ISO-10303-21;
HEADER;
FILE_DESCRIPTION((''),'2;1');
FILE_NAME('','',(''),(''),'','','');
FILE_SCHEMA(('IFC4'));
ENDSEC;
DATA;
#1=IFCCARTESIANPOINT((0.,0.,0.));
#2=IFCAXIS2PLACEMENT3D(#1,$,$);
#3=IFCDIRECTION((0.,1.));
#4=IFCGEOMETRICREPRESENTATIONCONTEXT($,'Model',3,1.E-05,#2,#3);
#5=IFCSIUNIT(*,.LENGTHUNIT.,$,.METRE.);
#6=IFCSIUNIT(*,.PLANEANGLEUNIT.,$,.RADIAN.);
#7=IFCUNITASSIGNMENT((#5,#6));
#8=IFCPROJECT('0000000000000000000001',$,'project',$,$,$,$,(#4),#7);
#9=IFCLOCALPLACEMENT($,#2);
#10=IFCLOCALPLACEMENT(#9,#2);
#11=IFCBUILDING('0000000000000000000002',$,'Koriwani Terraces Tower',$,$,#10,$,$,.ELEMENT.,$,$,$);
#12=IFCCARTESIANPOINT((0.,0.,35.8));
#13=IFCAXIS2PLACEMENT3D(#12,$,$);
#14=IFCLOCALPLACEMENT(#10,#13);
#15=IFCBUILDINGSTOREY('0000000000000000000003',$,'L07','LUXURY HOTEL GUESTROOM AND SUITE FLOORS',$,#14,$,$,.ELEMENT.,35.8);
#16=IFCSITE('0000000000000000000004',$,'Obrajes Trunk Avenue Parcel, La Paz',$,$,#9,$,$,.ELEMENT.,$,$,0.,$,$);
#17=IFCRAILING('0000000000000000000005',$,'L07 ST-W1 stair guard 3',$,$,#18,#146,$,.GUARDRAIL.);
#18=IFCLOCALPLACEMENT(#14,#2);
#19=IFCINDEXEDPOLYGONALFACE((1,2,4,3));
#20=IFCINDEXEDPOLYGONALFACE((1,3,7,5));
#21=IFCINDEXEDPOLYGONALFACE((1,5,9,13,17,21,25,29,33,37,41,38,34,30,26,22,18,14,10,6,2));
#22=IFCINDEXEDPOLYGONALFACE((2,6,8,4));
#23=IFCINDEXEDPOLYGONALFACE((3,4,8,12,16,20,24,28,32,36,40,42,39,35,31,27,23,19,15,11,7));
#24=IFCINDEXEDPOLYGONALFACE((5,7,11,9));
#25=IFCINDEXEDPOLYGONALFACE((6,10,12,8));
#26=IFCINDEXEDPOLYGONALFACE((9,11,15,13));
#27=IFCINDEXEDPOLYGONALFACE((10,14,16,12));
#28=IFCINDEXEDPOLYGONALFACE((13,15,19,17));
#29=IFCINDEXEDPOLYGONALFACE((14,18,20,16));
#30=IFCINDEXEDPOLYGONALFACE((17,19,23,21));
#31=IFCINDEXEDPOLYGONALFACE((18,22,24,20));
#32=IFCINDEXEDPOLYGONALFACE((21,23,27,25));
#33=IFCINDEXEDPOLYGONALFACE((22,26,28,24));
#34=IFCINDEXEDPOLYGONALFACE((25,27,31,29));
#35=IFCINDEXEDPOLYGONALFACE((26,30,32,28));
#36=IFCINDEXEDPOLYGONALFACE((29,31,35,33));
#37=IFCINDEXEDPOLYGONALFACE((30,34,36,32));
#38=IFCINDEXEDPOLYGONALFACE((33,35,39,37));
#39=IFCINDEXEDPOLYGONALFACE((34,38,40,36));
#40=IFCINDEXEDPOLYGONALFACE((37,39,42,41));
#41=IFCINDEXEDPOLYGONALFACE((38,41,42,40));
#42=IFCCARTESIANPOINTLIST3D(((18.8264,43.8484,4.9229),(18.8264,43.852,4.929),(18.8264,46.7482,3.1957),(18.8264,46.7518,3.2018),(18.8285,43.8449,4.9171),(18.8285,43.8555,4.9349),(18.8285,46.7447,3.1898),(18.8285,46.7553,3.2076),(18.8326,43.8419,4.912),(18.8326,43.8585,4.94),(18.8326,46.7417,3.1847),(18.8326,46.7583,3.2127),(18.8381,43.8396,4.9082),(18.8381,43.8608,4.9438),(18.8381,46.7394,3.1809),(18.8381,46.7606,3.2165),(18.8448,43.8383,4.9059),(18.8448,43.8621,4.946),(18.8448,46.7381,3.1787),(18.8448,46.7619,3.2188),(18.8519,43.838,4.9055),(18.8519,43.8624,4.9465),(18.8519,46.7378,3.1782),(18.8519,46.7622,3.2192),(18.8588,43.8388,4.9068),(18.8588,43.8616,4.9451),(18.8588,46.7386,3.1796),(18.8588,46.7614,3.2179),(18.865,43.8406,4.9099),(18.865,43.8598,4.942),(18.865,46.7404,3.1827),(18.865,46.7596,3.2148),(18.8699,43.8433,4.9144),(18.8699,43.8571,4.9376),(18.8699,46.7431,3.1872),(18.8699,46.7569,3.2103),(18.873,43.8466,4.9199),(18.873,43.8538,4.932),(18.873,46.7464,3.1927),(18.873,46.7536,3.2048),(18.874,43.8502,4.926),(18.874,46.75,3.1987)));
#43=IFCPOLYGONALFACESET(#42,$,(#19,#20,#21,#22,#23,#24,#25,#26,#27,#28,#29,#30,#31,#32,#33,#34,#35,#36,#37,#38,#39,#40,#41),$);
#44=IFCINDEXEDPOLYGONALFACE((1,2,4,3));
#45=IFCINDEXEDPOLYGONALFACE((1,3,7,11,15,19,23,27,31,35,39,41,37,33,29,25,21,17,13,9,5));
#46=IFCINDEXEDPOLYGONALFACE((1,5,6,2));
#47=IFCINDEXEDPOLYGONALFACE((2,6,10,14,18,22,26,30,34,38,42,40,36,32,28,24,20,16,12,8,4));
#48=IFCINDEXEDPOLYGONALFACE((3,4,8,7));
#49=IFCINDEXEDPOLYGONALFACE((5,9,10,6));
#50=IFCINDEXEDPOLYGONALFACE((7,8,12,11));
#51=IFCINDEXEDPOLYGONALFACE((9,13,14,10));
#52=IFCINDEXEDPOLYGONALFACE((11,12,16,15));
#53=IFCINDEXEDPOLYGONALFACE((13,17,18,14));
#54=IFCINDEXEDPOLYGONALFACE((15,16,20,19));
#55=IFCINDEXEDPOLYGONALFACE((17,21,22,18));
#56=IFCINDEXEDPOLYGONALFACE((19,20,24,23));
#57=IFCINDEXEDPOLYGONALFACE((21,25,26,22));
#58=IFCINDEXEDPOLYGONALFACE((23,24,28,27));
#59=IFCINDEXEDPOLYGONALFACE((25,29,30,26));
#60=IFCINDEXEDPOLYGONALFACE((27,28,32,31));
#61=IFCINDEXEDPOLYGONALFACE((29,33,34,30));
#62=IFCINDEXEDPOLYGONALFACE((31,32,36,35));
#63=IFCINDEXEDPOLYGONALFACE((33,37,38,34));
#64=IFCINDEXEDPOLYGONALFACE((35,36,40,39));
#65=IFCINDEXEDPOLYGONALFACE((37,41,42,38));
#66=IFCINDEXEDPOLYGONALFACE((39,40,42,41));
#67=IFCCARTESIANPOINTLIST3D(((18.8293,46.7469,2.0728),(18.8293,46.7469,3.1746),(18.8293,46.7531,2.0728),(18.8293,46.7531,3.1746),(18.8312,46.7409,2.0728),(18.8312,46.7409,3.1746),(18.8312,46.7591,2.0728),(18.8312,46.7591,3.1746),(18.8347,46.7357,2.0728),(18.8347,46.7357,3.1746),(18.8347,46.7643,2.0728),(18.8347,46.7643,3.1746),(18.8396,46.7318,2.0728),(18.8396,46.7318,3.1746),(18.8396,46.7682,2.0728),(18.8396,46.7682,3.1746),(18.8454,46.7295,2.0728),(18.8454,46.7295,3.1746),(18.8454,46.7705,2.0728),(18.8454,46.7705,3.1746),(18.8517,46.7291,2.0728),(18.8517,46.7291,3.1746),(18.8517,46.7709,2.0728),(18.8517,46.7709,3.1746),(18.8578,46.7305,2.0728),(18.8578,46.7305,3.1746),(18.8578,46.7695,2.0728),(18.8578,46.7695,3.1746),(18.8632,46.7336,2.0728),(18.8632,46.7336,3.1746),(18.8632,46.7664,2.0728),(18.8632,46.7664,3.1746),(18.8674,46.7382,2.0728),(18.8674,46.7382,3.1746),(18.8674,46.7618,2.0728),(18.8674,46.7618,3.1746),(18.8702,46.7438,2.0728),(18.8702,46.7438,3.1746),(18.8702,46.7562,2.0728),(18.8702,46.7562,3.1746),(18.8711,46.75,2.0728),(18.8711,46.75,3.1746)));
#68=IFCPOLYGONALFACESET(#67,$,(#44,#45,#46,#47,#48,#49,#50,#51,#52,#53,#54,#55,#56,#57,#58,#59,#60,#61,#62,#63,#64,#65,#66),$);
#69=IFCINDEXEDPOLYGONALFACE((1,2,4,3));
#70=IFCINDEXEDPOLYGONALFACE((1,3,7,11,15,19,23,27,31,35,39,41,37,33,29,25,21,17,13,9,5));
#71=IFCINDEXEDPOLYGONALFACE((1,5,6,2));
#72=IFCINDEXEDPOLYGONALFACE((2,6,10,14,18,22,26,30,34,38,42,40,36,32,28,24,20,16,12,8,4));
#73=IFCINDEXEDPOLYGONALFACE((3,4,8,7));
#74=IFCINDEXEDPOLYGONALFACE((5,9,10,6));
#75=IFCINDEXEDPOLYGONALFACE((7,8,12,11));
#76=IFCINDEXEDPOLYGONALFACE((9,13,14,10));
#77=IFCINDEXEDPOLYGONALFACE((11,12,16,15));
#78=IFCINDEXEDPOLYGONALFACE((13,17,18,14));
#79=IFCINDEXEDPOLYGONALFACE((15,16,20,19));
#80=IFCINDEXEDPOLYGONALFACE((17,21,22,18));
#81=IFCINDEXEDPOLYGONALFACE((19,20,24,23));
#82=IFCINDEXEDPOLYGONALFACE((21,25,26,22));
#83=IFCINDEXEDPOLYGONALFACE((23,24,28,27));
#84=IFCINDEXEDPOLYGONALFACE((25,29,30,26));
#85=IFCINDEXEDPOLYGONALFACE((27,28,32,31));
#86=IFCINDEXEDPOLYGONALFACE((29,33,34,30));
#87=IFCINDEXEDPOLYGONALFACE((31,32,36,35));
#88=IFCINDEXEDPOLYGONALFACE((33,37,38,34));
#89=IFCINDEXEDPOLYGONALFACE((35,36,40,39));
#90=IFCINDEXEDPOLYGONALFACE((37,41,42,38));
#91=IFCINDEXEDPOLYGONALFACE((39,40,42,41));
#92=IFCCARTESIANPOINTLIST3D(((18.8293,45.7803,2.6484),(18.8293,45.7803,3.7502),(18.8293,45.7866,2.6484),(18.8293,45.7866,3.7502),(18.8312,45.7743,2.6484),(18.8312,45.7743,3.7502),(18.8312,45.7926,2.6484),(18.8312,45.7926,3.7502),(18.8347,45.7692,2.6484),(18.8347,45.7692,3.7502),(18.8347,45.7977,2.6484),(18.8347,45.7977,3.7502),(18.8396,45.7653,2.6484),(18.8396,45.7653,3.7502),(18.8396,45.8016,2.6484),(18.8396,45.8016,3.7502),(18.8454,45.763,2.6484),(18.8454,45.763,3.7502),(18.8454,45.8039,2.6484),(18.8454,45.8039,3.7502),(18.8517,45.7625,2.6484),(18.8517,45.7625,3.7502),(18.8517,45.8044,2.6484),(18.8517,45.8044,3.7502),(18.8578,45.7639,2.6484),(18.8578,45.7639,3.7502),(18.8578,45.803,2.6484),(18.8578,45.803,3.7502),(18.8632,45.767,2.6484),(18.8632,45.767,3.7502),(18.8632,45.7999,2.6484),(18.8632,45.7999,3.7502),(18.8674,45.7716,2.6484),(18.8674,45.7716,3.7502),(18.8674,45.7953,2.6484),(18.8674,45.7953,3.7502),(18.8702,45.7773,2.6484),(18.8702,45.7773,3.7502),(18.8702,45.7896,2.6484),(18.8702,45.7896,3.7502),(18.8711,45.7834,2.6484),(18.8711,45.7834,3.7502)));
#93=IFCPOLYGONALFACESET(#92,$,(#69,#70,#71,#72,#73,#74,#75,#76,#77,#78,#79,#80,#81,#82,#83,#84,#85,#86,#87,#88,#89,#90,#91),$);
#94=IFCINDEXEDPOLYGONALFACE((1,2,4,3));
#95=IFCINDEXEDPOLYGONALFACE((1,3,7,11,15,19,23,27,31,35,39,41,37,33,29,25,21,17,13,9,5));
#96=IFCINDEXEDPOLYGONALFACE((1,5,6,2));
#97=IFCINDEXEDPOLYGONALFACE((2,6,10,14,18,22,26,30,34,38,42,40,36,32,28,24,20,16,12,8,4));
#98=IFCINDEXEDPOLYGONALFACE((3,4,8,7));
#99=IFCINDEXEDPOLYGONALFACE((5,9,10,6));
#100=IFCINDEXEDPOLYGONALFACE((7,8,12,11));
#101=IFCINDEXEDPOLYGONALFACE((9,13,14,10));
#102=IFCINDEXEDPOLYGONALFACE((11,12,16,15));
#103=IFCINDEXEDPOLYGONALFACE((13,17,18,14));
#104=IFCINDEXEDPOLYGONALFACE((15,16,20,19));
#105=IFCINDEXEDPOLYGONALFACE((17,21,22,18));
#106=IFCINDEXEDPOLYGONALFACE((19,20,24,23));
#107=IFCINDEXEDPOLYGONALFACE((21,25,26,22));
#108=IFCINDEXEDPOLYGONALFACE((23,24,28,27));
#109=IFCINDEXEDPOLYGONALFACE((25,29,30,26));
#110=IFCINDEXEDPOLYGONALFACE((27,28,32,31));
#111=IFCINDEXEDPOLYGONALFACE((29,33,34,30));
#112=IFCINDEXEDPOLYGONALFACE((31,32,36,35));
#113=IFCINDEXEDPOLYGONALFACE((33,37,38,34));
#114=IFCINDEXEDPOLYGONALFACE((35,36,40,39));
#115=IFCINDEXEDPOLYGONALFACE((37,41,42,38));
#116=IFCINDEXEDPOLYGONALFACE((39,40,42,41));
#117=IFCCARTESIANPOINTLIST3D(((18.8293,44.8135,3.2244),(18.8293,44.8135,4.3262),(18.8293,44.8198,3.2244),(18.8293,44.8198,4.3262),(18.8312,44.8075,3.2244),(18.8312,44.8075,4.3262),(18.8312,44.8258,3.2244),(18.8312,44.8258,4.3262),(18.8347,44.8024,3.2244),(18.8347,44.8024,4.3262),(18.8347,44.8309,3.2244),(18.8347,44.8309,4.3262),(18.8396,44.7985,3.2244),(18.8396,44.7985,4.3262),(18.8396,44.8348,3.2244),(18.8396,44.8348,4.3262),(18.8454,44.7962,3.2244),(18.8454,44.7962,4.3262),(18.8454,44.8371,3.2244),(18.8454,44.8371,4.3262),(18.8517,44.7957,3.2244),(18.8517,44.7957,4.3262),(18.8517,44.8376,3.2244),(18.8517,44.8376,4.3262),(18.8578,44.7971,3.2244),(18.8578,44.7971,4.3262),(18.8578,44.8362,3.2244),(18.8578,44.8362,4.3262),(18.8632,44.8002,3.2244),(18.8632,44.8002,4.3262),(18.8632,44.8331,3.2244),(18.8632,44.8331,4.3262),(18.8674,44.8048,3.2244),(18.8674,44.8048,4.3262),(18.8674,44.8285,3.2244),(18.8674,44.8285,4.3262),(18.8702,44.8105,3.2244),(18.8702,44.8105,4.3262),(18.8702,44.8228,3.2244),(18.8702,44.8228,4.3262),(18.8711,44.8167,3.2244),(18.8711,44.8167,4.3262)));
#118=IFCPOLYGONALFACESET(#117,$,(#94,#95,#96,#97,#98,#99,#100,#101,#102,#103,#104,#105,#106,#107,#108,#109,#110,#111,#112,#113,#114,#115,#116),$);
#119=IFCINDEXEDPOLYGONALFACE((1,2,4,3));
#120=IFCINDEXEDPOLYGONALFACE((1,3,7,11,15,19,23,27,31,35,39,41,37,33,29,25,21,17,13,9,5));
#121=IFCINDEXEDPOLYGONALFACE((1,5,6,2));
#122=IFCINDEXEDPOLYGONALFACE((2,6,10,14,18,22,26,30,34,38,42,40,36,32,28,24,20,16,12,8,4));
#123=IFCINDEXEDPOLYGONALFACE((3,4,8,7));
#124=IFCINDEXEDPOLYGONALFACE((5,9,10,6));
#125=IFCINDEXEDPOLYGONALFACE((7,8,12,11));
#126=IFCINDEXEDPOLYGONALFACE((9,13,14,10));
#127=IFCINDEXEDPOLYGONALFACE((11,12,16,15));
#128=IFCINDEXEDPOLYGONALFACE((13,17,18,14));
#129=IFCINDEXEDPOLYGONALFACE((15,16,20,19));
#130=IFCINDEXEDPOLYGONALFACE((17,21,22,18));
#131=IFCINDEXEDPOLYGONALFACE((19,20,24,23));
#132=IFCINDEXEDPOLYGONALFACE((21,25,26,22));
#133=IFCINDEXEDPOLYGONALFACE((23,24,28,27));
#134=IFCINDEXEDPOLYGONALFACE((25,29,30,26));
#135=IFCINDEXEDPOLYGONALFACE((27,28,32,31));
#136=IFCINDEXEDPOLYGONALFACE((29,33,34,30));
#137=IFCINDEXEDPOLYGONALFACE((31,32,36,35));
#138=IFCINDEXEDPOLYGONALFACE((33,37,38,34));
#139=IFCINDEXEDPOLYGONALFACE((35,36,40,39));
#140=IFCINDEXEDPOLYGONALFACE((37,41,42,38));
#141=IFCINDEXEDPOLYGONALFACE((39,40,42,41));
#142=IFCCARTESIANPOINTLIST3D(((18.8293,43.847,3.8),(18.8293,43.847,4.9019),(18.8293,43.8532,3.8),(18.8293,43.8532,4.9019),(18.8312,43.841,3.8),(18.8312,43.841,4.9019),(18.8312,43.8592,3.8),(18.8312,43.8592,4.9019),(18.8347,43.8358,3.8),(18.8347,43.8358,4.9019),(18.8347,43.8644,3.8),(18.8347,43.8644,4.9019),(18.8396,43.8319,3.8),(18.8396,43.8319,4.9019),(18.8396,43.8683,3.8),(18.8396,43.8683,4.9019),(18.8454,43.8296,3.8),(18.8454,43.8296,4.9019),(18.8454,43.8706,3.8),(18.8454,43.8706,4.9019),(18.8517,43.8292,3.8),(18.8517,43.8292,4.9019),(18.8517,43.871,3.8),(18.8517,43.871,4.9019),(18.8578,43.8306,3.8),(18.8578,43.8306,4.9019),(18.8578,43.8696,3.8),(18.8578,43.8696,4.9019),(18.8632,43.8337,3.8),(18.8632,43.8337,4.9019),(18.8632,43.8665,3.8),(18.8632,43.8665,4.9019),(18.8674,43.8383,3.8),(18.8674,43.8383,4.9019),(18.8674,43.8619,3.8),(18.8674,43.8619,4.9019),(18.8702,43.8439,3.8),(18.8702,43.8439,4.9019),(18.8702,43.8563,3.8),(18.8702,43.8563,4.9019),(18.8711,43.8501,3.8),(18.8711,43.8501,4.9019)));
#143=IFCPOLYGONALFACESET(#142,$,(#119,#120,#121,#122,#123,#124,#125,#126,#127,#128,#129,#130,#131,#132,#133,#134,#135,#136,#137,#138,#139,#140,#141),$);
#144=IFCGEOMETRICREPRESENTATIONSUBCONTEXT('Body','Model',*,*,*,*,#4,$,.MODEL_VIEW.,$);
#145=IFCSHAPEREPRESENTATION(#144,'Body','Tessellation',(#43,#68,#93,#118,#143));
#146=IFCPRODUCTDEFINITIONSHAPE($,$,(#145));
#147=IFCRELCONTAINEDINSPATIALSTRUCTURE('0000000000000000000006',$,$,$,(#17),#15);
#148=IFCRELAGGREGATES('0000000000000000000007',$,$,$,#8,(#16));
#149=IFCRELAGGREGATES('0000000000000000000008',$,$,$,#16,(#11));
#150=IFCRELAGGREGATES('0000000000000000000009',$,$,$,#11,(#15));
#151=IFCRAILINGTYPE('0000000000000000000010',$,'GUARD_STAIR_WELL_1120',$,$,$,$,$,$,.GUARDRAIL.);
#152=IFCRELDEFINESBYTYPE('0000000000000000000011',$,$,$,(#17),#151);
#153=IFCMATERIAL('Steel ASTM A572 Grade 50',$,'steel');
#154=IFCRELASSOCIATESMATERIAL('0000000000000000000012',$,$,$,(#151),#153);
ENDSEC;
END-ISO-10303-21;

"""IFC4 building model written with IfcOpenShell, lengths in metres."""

from ifc_helpers import new_model, si_unit, direction, frame, origin, origin_2d, place, context, subcontext, project, spatial, circle, extrude, material, type_object, element, save


model = new_model("IFC4")

# Units and contexts
model_context = context("Model", 3, precision=1e-05, world=origin(), true_north=direction((0.0, 1.0)))
body_context = subcontext(model_context, "Body", "Model", "MODEL_VIEW")
ifc_project = project(units=[si_unit("LENGTHUNIT", "METRE"), si_unit("PLANEANGLEUNIT", "RADIAN")], contexts=[model_context])

# Site, building, storey
site_placement = place(None, origin())
site = spatial("IfcSite", under=ifc_project, at=site_placement, Name="Obrajes Trunk Avenue Parcel, La Paz", CompositionType="ELEMENT", RefElevation=0.0)
building_placement = place(site_placement, origin())
building = spatial("IfcBuilding", under=site, at=building_placement, Name="Koriwani Terraces Tower", CompositionType="ELEMENT")
storey_placement = place(building_placement, frame((0.0, 0.0, 35.8)))
storey = spatial("IfcBuildingStorey", under=building, at=storey_placement, Name="L07", Description="LUXURY HOTEL GUESTROOM AND SUITE FLOORS", CompositionType="ELEMENT", Elevation=35.8)

# Shared definitions
ifc_material_1 = material(Name="Steel ASTM A572 Grade 50", Category="steel")

# Railing
railing_type_1 = type_object("IfcRailingType", Name="GUARD_STAIR_WELL_1120", PredefinedType="GUARDRAIL", material=ifc_material_1)
for number, where, name in (
    (1, (18.8501, 46.75, 2.0728), "L07 ST-W1 stair guard 3"),
):
    element("IfcRailing", number, at=place(storey_placement, frame(where)), inside=storey, type_object=railing_type_1, Name=name, PredefinedType="GUARDRAIL", context=body_context, shape_type="SweptSolid", body=[
        extrude(circle(Radius=0.0239, at=origin_2d()), frame((0.0, 0.0, 1.126), z_axis=(0.0, -0.859141, 0.511738), x_axis=(1.0, 0.0, 0.0)), (0.0, 0.0, 1.0), 3.3752),
        extrude(circle(Radius=0.021, at=origin_2d()), origin(), (0.0, 0.0, 1.0), 1.1018),
        extrude(circle(Radius=0.021, at=origin_2d()), frame((0.0, -0.9666, 0.5757)), (0.0, 0.0, 1.0), 1.1018),
        extrude(circle(Radius=0.021, at=origin_2d()), frame((0.0, -1.9333, 1.1516)), (0.0, 0.0, 1.0), 1.1018),
        extrude(circle(Radius=0.021, at=origin_2d()), frame((0.0, -2.8999, 1.7273)), (0.0, 0.0, 1.0), 1.1018),
    ])

save(model, "model.ifc")
